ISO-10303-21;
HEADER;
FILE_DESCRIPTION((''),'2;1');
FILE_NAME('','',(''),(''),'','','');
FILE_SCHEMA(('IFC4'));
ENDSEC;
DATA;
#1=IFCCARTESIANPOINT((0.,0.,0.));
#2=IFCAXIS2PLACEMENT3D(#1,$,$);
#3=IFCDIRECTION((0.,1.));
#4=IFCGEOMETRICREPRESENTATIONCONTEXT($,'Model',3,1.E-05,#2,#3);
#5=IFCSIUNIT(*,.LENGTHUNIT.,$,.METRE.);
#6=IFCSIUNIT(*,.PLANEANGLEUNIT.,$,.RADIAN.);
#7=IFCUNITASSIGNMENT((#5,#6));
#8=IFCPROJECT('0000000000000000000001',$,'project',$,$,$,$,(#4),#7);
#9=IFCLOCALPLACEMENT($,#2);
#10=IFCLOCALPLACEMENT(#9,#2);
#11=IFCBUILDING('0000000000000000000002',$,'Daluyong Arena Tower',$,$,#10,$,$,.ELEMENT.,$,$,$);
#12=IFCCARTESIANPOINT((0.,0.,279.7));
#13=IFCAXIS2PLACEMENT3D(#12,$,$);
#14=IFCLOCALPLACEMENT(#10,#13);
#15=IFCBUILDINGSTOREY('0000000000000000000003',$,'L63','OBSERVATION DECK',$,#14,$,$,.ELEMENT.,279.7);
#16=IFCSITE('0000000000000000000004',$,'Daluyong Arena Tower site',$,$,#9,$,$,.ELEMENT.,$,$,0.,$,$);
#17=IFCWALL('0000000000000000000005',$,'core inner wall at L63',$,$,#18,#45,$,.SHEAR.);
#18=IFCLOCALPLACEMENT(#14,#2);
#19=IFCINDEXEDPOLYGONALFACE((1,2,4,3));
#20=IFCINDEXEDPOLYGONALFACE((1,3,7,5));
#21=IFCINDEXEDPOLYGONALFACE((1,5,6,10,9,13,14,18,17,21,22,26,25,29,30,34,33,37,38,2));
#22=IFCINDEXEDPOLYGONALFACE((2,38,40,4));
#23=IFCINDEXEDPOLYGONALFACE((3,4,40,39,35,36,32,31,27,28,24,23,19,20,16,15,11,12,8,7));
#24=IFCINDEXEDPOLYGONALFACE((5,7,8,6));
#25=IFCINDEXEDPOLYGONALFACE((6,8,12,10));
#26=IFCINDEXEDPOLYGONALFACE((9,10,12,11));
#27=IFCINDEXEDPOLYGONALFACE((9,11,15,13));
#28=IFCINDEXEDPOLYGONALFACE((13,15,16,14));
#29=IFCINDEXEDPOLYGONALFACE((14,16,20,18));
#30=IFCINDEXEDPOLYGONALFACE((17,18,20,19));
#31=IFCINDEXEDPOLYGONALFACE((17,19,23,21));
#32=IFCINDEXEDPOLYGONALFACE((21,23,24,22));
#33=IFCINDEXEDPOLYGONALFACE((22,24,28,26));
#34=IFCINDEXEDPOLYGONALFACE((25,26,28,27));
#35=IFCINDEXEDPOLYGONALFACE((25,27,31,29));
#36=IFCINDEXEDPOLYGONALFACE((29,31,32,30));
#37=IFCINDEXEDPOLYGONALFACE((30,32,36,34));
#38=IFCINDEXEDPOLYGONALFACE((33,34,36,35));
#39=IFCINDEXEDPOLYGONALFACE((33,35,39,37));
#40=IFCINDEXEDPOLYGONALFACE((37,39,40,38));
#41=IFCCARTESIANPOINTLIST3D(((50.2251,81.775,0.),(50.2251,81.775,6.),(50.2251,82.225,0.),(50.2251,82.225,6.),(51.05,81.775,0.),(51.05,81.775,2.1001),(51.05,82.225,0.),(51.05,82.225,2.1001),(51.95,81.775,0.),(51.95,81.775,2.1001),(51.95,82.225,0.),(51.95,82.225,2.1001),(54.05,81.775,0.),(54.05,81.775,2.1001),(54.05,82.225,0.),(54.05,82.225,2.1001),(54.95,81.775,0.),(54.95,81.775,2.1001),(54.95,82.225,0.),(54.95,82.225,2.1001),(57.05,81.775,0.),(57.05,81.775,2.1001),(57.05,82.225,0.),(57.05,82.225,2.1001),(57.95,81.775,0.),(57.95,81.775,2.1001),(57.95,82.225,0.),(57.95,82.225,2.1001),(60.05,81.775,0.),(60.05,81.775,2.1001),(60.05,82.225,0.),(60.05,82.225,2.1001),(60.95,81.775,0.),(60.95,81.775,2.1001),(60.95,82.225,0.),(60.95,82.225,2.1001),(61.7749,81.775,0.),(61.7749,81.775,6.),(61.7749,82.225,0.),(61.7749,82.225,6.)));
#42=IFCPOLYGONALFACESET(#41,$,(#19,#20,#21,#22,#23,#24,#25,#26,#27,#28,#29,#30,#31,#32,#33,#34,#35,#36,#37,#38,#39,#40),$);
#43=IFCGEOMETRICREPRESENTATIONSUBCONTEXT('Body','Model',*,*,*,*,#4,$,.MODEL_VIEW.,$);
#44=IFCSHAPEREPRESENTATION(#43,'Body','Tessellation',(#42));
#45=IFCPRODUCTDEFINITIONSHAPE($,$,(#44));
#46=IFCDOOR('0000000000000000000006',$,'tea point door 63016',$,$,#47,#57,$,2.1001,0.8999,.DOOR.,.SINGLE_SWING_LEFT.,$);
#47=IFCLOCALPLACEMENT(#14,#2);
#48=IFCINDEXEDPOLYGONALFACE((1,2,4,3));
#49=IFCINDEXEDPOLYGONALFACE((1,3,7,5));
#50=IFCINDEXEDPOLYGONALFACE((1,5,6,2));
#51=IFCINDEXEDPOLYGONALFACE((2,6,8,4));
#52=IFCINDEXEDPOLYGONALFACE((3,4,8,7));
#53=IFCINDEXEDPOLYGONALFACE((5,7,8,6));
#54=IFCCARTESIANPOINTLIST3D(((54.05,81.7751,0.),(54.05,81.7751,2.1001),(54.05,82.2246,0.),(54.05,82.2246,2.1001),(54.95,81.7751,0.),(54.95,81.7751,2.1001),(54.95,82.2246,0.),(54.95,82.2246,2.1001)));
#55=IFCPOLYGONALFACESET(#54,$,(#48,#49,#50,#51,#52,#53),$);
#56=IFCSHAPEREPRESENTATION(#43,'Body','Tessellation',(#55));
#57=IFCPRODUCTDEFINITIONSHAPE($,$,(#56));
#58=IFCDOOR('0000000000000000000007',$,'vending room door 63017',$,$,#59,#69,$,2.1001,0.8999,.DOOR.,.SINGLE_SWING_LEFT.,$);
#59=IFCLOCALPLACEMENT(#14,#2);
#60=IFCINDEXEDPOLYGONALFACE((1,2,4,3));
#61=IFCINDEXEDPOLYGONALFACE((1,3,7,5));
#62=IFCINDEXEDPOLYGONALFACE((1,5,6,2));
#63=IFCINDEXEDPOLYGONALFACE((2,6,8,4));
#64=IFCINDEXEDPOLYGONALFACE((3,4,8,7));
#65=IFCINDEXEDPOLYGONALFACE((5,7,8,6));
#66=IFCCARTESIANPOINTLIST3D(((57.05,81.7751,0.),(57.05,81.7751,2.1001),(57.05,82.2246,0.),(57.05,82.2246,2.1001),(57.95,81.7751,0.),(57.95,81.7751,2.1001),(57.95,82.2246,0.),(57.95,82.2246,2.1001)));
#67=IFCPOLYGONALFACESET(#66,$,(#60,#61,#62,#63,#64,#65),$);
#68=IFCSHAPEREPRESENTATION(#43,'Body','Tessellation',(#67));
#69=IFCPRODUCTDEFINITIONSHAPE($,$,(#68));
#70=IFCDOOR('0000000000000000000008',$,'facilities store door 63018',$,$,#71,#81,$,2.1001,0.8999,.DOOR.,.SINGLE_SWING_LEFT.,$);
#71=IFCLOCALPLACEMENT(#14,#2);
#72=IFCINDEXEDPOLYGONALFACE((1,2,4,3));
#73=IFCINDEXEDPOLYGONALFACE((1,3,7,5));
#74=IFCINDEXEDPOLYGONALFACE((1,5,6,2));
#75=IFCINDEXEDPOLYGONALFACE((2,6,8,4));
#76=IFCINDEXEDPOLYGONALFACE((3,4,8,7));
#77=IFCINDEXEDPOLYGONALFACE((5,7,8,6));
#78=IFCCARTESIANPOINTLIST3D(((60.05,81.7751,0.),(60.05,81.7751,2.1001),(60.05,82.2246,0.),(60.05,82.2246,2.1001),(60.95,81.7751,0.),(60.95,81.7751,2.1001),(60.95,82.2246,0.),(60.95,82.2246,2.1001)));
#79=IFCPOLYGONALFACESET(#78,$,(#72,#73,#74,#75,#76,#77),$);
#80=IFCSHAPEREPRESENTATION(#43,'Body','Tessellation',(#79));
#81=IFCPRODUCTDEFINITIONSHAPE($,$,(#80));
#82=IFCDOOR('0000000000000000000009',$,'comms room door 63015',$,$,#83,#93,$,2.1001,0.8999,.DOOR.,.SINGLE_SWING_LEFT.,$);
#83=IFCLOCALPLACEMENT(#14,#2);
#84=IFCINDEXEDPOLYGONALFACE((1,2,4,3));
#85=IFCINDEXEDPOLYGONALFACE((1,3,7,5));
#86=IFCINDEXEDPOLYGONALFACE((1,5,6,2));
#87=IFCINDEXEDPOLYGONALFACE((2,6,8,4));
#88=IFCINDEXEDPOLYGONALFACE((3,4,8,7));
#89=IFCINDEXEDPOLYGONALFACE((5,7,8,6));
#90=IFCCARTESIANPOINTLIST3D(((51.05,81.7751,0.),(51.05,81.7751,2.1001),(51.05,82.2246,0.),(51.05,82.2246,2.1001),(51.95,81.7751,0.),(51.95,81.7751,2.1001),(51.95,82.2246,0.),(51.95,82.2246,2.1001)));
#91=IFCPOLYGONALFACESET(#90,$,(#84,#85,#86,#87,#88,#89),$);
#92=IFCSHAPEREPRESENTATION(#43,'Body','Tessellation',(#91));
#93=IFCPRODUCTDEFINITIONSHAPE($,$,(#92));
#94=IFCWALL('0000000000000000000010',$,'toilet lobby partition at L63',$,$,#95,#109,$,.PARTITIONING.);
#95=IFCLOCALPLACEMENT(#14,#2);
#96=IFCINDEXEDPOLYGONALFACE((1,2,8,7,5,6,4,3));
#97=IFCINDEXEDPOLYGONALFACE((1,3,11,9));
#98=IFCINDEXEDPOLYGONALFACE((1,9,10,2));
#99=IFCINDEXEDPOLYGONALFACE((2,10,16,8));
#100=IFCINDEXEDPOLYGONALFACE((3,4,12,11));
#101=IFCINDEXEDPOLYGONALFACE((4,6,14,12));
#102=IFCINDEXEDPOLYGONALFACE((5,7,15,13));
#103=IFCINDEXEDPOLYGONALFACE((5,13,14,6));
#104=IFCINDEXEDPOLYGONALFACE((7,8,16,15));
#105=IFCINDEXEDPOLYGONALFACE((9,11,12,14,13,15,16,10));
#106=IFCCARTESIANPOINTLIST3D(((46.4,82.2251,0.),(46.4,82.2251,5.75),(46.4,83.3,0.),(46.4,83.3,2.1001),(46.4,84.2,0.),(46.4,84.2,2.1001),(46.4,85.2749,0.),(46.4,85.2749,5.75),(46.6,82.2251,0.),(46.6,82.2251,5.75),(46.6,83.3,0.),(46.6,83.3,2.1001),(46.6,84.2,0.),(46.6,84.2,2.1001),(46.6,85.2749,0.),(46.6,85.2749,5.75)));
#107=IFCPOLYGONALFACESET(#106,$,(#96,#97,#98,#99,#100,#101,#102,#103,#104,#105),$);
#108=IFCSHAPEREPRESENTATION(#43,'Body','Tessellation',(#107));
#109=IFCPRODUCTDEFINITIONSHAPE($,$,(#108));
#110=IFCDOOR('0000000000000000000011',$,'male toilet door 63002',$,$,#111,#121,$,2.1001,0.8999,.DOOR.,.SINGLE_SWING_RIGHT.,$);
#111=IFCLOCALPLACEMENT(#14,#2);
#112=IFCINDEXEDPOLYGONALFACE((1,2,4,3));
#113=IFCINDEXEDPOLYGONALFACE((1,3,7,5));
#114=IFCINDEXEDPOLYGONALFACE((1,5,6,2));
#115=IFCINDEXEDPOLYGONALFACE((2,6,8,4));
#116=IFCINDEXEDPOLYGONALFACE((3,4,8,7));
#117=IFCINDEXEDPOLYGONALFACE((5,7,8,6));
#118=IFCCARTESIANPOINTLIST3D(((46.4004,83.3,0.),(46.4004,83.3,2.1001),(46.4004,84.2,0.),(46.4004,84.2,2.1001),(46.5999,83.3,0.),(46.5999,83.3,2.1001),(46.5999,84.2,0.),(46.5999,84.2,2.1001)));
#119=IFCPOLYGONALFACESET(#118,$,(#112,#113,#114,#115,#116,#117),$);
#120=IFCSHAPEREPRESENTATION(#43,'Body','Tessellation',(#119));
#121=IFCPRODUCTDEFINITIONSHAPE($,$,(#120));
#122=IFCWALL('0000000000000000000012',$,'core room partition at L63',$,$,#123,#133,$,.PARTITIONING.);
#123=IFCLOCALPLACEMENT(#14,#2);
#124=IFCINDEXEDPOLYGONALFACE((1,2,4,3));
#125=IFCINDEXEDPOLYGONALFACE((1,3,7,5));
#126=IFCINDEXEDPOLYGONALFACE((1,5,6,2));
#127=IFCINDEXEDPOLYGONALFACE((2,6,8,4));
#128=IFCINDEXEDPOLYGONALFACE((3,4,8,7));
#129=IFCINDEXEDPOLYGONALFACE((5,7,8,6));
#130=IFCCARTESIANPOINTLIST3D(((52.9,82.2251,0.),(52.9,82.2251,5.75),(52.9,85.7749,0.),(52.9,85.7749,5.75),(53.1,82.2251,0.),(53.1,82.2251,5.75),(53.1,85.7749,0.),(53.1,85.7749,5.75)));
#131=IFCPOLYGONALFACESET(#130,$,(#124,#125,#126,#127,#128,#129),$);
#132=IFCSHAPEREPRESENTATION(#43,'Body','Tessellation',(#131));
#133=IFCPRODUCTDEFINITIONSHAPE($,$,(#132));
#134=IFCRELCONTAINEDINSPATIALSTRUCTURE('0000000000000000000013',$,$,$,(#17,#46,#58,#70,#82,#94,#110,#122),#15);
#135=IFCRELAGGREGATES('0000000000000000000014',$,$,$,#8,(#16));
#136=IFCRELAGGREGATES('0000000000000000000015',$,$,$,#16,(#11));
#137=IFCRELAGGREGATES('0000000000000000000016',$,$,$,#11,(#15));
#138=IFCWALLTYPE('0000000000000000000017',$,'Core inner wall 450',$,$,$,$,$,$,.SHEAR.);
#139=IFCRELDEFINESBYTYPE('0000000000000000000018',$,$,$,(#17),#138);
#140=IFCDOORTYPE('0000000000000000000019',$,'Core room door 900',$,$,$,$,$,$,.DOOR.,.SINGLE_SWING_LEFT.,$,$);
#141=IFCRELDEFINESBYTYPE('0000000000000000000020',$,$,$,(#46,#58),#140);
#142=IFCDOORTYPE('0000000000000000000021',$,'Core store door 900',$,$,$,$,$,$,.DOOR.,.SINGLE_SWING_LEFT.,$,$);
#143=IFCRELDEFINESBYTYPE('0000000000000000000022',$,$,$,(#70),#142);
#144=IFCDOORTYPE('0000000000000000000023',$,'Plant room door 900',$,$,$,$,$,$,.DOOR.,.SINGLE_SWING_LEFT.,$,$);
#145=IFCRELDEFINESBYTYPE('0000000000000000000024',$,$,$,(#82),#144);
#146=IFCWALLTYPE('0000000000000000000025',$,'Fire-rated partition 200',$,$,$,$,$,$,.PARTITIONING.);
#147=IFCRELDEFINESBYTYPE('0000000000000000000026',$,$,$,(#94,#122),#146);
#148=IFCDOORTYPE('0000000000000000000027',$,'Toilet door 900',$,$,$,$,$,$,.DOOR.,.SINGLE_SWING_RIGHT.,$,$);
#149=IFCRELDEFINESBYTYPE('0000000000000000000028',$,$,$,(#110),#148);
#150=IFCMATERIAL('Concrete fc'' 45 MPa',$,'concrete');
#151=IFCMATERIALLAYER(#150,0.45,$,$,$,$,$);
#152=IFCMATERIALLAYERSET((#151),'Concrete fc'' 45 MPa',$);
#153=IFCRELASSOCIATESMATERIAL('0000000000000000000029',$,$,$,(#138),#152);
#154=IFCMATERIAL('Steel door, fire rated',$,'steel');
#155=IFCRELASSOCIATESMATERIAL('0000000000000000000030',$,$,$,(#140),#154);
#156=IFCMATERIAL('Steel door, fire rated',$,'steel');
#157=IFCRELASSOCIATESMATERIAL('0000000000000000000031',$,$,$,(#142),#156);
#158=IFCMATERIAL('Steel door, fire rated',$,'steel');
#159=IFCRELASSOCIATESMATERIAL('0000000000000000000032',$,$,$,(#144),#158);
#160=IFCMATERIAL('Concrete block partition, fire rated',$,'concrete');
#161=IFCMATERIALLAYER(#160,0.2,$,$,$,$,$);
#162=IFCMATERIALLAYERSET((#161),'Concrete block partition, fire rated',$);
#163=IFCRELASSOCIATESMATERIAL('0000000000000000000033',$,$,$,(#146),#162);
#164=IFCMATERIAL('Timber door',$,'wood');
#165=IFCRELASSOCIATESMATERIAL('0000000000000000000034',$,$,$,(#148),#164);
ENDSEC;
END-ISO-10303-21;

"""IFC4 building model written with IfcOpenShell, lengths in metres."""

from ifc_helpers import new_model, si_unit, direction, frame, frame_2d, origin, place, context, subcontext, project, spatial, rectangle, extrude, material, layer, layer_set, type_object, element, fill, save


model = new_model("IFC4")

# Units and contexts
model_context = context("Model", 3, precision=1e-05, world=origin(), true_north=direction((0.0, 1.0)))
body_context = subcontext(model_context, "Body", "Model", "MODEL_VIEW")
ifc_project = project(units=[si_unit("LENGTHUNIT", "METRE"), si_unit("PLANEANGLEUNIT", "RADIAN")], contexts=[model_context])

# Site, building, storey
site_placement = place(None, origin())
site = spatial("IfcSite", under=ifc_project, at=site_placement, Name="Daluyong Arena Tower site", CompositionType="ELEMENT", RefElevation=0.0)
building_placement = place(site_placement, origin())
building = spatial("IfcBuilding", under=site, at=building_placement, Name="Daluyong Arena Tower", CompositionType="ELEMENT")
storey_placement = place(building_placement, frame((0.0, 0.0, 279.7)))
storey = spatial("IfcBuildingStorey", under=building, at=storey_placement, Name="L63", Description="OBSERVATION DECK", CompositionType="ELEMENT", Elevation=279.7)

# Wall, openings, doors
ifc_material_1 = material(Name="Concrete fc' 45 MPa", Category="concrete")
ifc_layer_1 = layer(ifc_material_1, 0.45)
ifc_layer_set_1 = layer_set([ifc_layer_1], Name="Concrete fc' 45 MPa")
wall_type_1 = type_object("IfcWallType", Name="Core inner wall 450", PredefinedType="SHEAR", material=ifc_layer_set_1)
ifc_material_2 = material(Name="Steel door, fire rated", Category="steel")
door_type_1 = type_object("IfcDoorType", Name="Core room door 900", OperationType="SINGLE_SWING_LEFT", PredefinedType="DOOR", material=ifc_material_2)
ifc_material_3 = material(Name="Steel door, fire rated", Category="steel")
door_type_2 = type_object("IfcDoorType", Name="Core store door 900", OperationType="SINGLE_SWING_LEFT", PredefinedType="DOOR", material=ifc_material_3)
wall_1_placement = place(storey_placement, frame((50.2251, 82.0, 0.0), z_axis=(0.0, 0.0, 1.0), x_axis=(1.0, 0.0, 0.0)))
wall_1 = element("IfcWall", 1, at=wall_1_placement, inside=storey, type_object=wall_type_1, Name="core inner wall at L63", PredefinedType="SHEAR", context=body_context, shape_type="SweptSolid", body=[
    extrude(rectangle(XDim=11.5498, YDim=0.45, at=frame_2d((5.7749, 0.0))), origin(), (0.0, 0.0, 1.0), 6.0),
])
opening_1_placement = place(wall_1_placement, frame((0.825, 0.0, 0.0)))
opening_1 = element("IfcOpeningElement", 2, at=opening_1_placement, cuts=wall_1, PredefinedType="OPENING", context=body_context, shape_type="SweptSolid", body=[
    extrude(rectangle(XDim=0.8999, YDim=2.1001, at=frame_2d((0.45, 1.05))), frame((0.0, 0.2349, 0.0), z_axis=(0.0, -1.0, 0.0), x_axis=(1.0, 0.0, 0.0)), (0.0, 0.0, 1.0), 0.47),
])
opening_2_placement = place(wall_1_placement, frame((3.825, 0.0, 0.0)))
opening_2 = element("IfcOpeningElement", 3, at=opening_2_placement, cuts=wall_1, PredefinedType="OPENING", context=body_context, shape_type="SweptSolid", body=[
    extrude(rectangle(XDim=0.8999, YDim=2.1001, at=frame_2d((0.45, 1.05))), frame((0.0, 0.2349, 0.0), z_axis=(0.0, -1.0, 0.0), x_axis=(1.0, 0.0, 0.0)), (0.0, 0.0, 1.0), 0.47),
])
opening_3_placement = place(wall_1_placement, frame((6.825, 0.0, 0.0)))
opening_3 = element("IfcOpeningElement", 4, at=opening_3_placement, cuts=wall_1, PredefinedType="OPENING", context=body_context, shape_type="SweptSolid", body=[
    extrude(rectangle(XDim=0.8999, YDim=2.1001, at=frame_2d((0.45, 1.05))), frame((0.0, 0.2349, 0.0), z_axis=(0.0, -1.0, 0.0), x_axis=(1.0, 0.0, 0.0)), (0.0, 0.0, 1.0), 0.47),
])
opening_4_placement = place(wall_1_placement, frame((9.825, 0.0, 0.0)))
opening_4 = element("IfcOpeningElement", 5, at=opening_4_placement, cuts=wall_1, PredefinedType="OPENING", context=body_context, shape_type="SweptSolid", body=[
    extrude(rectangle(XDim=0.8999, YDim=2.1001, at=frame_2d((0.45, 1.05))), frame((0.0, 0.2349, 0.0), z_axis=(0.0, -1.0, 0.0), x_axis=(1.0, 0.0, 0.0)), (0.0, 0.0, 1.0), 0.47),
])
door_1_placement = place(opening_2_placement, origin())
door_1 = element("IfcDoor", 6, at=door_1_placement, inside=storey, type_object=door_type_1, Name="tea point door 63016", OperationType="SINGLE_SWING_LEFT", OverallHeight=2.1001, OverallWidth=0.8999, PredefinedType="DOOR", context=body_context, shape_type="SweptSolid", body=[
    extrude(rectangle(XDim=0.8999, YDim=2.1001, at=frame_2d((0.45, 1.05))), frame((0.0, 0.2246, 0.0), z_axis=(0.0, -1.0, 0.0), x_axis=(1.0, 0.0, 0.0)), (0.0, 0.0, 1.0), 0.4495),
])
fill(opening_2, door_1)
door_2_placement = place(opening_3_placement, origin())
door_2 = element("IfcDoor", 7, at=door_2_placement, inside=storey, type_object=door_type_1, Name="vending room door 63017", OperationType="SINGLE_SWING_LEFT", OverallHeight=2.1001, OverallWidth=0.8999, PredefinedType="DOOR", context=body_context, shape_type="SweptSolid", body=[
    extrude(rectangle(XDim=0.8999, YDim=2.1001, at=frame_2d((0.45, 1.05))), frame((0.0, 0.2246, 0.0), z_axis=(0.0, -1.0, 0.0), x_axis=(1.0, 0.0, 0.0)), (0.0, 0.0, 1.0), 0.4495),
])
fill(opening_3, door_2)
door_3_placement = place(opening_4_placement, origin())
door_3 = element("IfcDoor", 8, at=door_3_placement, inside=storey, type_object=door_type_2, Name="facilities store door 63018", OperationType="SINGLE_SWING_LEFT", OverallHeight=2.1001, OverallWidth=0.8999, PredefinedType="DOOR", context=body_context, shape_type="SweptSolid", body=[
    extrude(rectangle(XDim=0.8999, YDim=2.1001, at=frame_2d((0.45, 1.05))), frame((0.0, 0.2246, 0.0), z_axis=(0.0, -1.0, 0.0), x_axis=(1.0, 0.0, 0.0)), (0.0, 0.0, 1.0), 0.4495),
])
fill(opening_4, door_3)
ifc_material_4 = material(Name="Steel door, fire rated", Category="steel")
door_type_3 = type_object("IfcDoorType", Name="Plant room door 900", OperationType="SINGLE_SWING_LEFT", PredefinedType="DOOR", material=ifc_material_4)
door_4_placement = place(opening_1_placement, origin())
door_4 = element("IfcDoor", 9, at=door_4_placement, inside=storey, type_object=door_type_3, Name="comms room door 63015", OperationType="SINGLE_SWING_LEFT", OverallHeight=2.1001, OverallWidth=0.8999, PredefinedType="DOOR", context=body_context, shape_type="SweptSolid", body=[
    extrude(rectangle(XDim=0.8999, YDim=2.1001, at=frame_2d((0.45, 1.05))), frame((0.0, 0.2246, 0.0), z_axis=(0.0, -1.0, 0.0), x_axis=(1.0, 0.0, 0.0)), (0.0, 0.0, 1.0), 0.4495),
])
fill(opening_1, door_4)

# Wall, opening, door
ifc_material_5 = material(Name="Concrete block partition, fire rated", Category="concrete")
ifc_layer_2 = layer(ifc_material_5, 0.2)
ifc_layer_set_2 = layer_set([ifc_layer_2], Name="Concrete block partition, fire rated")
wall_type_2 = type_object("IfcWallType", Name="Fire-rated partition 200", PredefinedType="PARTITIONING", material=ifc_layer_set_2)
wall_2_placement = place(storey_placement, frame((46.5, 82.2251, 0.0), z_axis=(0.0, 0.0, 1.0), x_axis=(0.0, 1.0, 0.0)))
wall_2 = element("IfcWall", 10, at=wall_2_placement, inside=storey, type_object=wall_type_2, Name="toilet lobby partition at L63", PredefinedType="PARTITIONING", context=body_context, shape_type="SweptSolid", body=[
    extrude(rectangle(XDim=3.0498, YDim=0.2, at=frame_2d((1.5249, 0.0))), origin(), (0.0, 0.0, 1.0), 5.75),
])
opening_5_placement = place(wall_2_placement, frame((1.075, 0.0, 0.0)))
opening_5 = element("IfcOpeningElement", 11, at=opening_5_placement, cuts=wall_2, PredefinedType="OPENING", context=body_context, shape_type="SweptSolid", body=[
    extrude(rectangle(XDim=0.8999, YDim=2.1001, at=frame_2d((0.45, 1.05))), frame((0.0, 0.1099, 0.0), z_axis=(0.0, -1.0, 0.0), x_axis=(1.0, 0.0, 0.0)), (0.0, 0.0, 1.0), 0.22),
])
ifc_material_6 = material(Name="Timber door", Category="wood")
door_type_4 = type_object("IfcDoorType", Name="Toilet door 900", OperationType="SINGLE_SWING_RIGHT", PredefinedType="DOOR", material=ifc_material_6)
door_5_placement = place(opening_5_placement, origin())
door_5 = element("IfcDoor", 12, at=door_5_placement, inside=storey, type_object=door_type_4, Name="male toilet door 63002", OperationType="SINGLE_SWING_RIGHT", OverallHeight=2.1001, OverallWidth=0.8999, PredefinedType="DOOR", context=body_context, shape_type="SweptSolid", body=[
    extrude(rectangle(XDim=0.8999, YDim=2.1001, at=frame_2d((0.45, 1.05))), frame((0.0, 0.0996, 0.0), z_axis=(0.0, -1.0, 0.0), x_axis=(1.0, 0.0, 0.0)), (0.0, 0.0, 1.0), 0.1995),
])
fill(opening_5, door_5)

# Wall
wall_3_placement = place(storey_placement, frame((53.0, 82.2251, 0.0), z_axis=(0.0, 0.0, 1.0), x_axis=(0.0, 1.0, 0.0)))
element("IfcWall", 13, at=wall_3_placement, inside=storey, type_object=wall_type_2, Name="core room partition at L63", PredefinedType="PARTITIONING", context=body_context, shape_type="SweptSolid", body=[
    extrude(rectangle(XDim=3.5498, YDim=0.2, at=frame_2d((1.7749, 0.0))), origin(), (0.0, 0.0, 1.0), 5.75),
])

save(model, "model.ifc")
